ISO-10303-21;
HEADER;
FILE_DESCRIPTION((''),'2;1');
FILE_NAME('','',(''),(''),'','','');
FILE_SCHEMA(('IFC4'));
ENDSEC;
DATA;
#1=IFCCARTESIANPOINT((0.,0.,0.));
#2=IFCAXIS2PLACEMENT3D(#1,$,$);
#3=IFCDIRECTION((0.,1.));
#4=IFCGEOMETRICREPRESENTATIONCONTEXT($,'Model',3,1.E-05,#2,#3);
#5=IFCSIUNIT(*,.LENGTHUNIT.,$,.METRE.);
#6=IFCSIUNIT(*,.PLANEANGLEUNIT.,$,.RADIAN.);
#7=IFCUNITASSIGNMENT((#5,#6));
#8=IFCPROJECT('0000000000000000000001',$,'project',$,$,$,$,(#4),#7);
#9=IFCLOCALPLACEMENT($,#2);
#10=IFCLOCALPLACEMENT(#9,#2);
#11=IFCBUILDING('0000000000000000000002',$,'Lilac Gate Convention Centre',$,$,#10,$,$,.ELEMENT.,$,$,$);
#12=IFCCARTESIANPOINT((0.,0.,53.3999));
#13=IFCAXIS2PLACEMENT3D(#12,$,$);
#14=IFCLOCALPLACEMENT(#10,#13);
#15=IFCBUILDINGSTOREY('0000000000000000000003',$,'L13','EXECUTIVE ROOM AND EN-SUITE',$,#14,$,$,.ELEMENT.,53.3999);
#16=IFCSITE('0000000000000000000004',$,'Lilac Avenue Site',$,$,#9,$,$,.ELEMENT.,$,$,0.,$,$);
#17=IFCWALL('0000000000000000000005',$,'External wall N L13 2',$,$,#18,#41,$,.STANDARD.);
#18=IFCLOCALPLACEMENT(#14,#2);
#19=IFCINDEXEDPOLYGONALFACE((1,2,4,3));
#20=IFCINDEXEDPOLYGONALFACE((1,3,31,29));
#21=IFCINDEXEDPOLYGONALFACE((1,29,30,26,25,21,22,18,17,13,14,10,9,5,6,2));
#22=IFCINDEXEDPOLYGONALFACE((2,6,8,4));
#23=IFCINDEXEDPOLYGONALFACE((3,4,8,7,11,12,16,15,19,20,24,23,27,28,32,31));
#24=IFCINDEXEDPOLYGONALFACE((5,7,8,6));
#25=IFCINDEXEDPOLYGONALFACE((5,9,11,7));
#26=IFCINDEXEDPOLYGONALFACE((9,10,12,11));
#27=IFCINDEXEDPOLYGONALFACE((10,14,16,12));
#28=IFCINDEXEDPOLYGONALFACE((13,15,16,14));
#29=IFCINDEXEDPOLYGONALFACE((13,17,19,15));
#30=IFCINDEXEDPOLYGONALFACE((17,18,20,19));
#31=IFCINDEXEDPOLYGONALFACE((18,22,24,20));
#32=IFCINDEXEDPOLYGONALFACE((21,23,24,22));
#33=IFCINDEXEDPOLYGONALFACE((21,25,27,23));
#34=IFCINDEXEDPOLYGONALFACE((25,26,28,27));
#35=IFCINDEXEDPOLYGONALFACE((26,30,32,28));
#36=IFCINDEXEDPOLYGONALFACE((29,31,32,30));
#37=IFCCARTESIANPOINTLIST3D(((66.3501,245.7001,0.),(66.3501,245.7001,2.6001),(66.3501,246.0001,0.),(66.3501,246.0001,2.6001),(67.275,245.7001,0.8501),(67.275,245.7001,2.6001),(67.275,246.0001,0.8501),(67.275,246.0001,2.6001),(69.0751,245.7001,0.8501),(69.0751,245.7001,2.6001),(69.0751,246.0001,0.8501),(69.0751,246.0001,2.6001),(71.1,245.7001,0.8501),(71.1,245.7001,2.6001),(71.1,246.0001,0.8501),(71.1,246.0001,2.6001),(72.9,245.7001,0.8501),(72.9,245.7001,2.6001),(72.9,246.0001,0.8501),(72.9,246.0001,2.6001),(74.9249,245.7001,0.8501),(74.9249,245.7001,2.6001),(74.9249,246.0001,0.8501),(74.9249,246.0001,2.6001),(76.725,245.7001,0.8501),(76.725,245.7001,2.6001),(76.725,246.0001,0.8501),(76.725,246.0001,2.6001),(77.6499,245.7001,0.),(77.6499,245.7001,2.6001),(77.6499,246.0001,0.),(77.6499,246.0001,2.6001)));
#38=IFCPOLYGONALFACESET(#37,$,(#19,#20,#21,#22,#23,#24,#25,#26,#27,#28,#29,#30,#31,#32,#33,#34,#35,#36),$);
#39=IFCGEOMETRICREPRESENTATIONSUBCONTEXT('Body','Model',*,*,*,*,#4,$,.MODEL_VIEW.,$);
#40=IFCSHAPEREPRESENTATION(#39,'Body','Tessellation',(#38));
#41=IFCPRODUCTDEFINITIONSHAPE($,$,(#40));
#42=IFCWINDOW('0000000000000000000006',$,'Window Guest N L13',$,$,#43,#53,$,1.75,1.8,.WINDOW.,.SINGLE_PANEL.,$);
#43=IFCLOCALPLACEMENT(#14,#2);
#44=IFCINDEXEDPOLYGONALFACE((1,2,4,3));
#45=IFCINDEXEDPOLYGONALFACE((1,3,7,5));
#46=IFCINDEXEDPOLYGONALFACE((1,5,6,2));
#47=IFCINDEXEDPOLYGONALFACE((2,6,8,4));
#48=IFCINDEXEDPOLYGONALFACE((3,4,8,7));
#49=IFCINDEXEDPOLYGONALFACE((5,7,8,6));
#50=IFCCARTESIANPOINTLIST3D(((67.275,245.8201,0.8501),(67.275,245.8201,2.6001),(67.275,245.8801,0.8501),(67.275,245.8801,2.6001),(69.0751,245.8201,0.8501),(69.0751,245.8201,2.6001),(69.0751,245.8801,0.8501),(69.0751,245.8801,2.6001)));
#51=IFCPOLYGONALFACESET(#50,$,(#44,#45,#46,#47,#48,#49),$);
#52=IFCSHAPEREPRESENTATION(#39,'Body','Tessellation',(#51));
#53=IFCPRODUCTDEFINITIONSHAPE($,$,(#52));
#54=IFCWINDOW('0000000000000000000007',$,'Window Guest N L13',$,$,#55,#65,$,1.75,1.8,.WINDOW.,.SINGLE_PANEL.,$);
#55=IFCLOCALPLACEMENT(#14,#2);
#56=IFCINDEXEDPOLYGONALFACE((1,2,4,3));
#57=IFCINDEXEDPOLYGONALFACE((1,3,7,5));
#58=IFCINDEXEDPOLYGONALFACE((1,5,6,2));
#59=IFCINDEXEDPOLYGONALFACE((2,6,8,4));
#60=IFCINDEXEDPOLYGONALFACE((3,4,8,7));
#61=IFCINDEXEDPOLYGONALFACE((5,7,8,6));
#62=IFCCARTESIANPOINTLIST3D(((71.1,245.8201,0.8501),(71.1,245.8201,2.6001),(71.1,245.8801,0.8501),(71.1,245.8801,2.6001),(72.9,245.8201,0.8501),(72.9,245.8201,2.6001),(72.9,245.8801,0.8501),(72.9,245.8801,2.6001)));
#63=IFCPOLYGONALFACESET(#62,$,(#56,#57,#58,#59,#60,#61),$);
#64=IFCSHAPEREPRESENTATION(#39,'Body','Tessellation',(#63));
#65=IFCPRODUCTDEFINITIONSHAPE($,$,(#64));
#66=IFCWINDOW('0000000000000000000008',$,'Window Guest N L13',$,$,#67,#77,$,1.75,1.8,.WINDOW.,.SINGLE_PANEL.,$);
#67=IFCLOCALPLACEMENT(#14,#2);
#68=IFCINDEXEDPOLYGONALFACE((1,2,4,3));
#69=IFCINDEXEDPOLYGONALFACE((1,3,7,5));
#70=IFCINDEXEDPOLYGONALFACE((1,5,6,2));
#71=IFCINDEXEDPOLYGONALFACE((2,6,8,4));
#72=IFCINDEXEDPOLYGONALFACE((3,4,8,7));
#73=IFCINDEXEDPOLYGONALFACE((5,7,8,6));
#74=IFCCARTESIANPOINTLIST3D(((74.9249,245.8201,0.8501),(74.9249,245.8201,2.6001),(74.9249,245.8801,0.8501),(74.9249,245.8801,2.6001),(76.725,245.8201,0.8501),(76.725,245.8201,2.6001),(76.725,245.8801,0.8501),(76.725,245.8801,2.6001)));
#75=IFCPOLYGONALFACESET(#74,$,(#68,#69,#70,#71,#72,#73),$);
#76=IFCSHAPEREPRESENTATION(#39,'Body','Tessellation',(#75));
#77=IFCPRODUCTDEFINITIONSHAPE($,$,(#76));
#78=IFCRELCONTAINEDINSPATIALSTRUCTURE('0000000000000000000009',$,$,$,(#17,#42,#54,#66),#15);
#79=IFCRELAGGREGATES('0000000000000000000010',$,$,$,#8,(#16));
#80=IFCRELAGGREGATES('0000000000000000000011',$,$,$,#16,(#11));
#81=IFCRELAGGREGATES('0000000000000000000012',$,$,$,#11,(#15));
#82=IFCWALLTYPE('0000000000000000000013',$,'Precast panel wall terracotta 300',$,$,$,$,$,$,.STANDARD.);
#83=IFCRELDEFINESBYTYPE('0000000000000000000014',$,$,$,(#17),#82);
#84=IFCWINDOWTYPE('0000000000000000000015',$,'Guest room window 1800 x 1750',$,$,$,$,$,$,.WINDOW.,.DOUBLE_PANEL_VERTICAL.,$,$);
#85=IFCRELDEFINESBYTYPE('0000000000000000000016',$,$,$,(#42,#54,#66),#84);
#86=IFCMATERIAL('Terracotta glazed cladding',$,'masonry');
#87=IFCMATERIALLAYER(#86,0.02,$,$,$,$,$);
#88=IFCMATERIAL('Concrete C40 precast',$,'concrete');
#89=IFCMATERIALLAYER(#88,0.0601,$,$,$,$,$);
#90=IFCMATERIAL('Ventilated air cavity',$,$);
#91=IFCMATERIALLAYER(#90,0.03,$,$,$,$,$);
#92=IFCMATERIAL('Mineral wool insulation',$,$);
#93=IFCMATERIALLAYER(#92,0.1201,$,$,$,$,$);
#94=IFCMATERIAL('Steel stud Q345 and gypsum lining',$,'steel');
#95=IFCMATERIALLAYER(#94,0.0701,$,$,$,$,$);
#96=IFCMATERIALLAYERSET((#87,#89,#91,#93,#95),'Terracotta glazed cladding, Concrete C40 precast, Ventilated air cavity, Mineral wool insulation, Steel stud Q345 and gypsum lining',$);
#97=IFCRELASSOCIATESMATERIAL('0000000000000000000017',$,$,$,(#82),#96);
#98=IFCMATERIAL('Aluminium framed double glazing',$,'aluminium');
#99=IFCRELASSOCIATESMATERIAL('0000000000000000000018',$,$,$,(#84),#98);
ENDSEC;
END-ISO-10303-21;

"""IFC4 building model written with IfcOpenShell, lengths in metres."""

from ifc_helpers import new_model, si_unit, direction, frame, frame_2d, origin, place, context, subcontext, project, spatial, rectangle, extrude, material, layer, layer_set, type_object, element, fill, save


model = new_model("IFC4")

# Units and contexts
model_context = context("Model", 3, precision=1e-05, world=origin(), true_north=direction((0.0, 1.0)))
body_context = subcontext(model_context, "Body", "Model", "MODEL_VIEW")
ifc_project = project(units=[si_unit("LENGTHUNIT", "METRE"), si_unit("PLANEANGLEUNIT", "RADIAN")], contexts=[model_context])

# Site, building, storey
site_placement = place(None, origin())
site = spatial("IfcSite", under=ifc_project, at=site_placement, Name="Lilac Avenue Site", CompositionType="ELEMENT", RefElevation=0.0)
building_placement = place(site_placement, origin())
building = spatial("IfcBuilding", under=site, at=building_placement, Name="Lilac Gate Convention Centre", CompositionType="ELEMENT")
storey_placement = place(building_placement, frame((0.0, 0.0, 53.3999)))
storey = spatial("IfcBuildingStorey", under=building, at=storey_placement, Name="L13", Description="EXECUTIVE ROOM AND EN-SUITE", CompositionType="ELEMENT", Elevation=53.3999)

# Shared definitions
ifc_material_1 = material(Name="Aluminium framed double glazing", Category="aluminium")

# Shared definitions
ifc_material_2 = material(Name="Concrete C40 precast", Category="concrete")

# Wall, openings, windows
ifc_material_3 = material(Name="Terracotta glazed cladding", Category="masonry")
ifc_layer_1 = layer(ifc_material_3, 0.02)
ifc_layer_2 = layer(ifc_material_2, 0.0601)
ifc_material_4 = material(Name="Ventilated air cavity")
ifc_layer_3 = layer(ifc_material_4, 0.03)
ifc_material_5 = material(Name="Mineral wool insulation")
ifc_layer_4 = layer(ifc_material_5, 0.1201)
ifc_material_6 = material(Name="Steel stud Q345 and gypsum lining", Category="steel")
ifc_layer_5 = layer(ifc_material_6, 0.0701)
ifc_layer_set_1 = layer_set([ifc_layer_1, ifc_layer_2, ifc_layer_3, ifc_layer_4, ifc_layer_5], Name="Terracotta glazed cladding, Concrete C40 precast, Ventilated air cavity, Mineral wool insulation, Steel stud Q345 and gypsum lining")
wall_type_1 = type_object("IfcWallType", Name="Precast panel wall terracotta 300", PredefinedType="STANDARD", material=ifc_layer_set_1)
window_type = type_object("IfcWindowType", Name="Guest room window 1800 x 1750", PartitioningType="DOUBLE_PANEL_VERTICAL", PredefinedType="WINDOW", material=ifc_material_1)
wall_1_placement = place(storey_placement, frame((77.6499, 245.8501, 0.0), z_axis=(0.0, 0.0, 1.0), x_axis=(-1.0, 0.0, 0.0)))
wall_1 = element("IfcWall", 1, at=wall_1_placement, inside=storey, type_object=wall_type_1, Name="External wall N L13 2", PredefinedType="STANDARD", context=body_context, shape_type="SweptSolid", body=[
    extrude(rectangle(XDim=11.2998, YDim=0.3, at=frame_2d((5.6499, 0.0))), origin(), (0.0, 0.0, 1.0), 2.6001),
])
opening_1_placement = place(wall_1_placement, frame((8.575, 0.0, 0.8501)))
opening_1 = element("IfcOpeningElement", 2, at=opening_1_placement, cuts=wall_1, PredefinedType="OPENING", context=body_context, shape_type="SweptSolid", body=[
    extrude(rectangle(XDim=1.8, YDim=1.75, at=frame_2d((0.8999, 0.875))), frame((0.0, 0.1599, 0.0), z_axis=(0.0, -1.0, 0.0), x_axis=(1.0, 0.0, 0.0)), (0.0, 0.0, 1.0), 0.3201),
])
opening_2_placement = place(wall_1_placement, frame((4.75, 0.0, 0.8501)))
opening_2 = element("IfcOpeningElement", 3, at=opening_2_placement, cuts=wall_1, PredefinedType="OPENING", context=body_context, shape_type="SweptSolid", body=[
    extrude(rectangle(XDim=1.8, YDim=1.75, at=frame_2d((0.8999, 0.875))), frame((0.0, 0.1599, 0.0), z_axis=(0.0, -1.0, 0.0), x_axis=(1.0, 0.0, 0.0)), (0.0, 0.0, 1.0), 0.3201),
])
opening_3_placement = place(wall_1_placement, frame((0.925, 0.0, 0.8501)))
opening_3 = element("IfcOpeningElement", 4, at=opening_3_placement, cuts=wall_1, PredefinedType="OPENING", context=body_context, shape_type="SweptSolid", body=[
    extrude(rectangle(XDim=1.8, YDim=1.75, at=frame_2d((0.8999, 0.875))), frame((0.0, 0.1599, 0.0), z_axis=(0.0, -1.0, 0.0), x_axis=(1.0, 0.0, 0.0)), (0.0, 0.0, 1.0), 0.3201),
])
window_1_placement = place(opening_1_placement, origin())
window_1 = element("IfcWindow", 5, at=window_1_placement, inside=storey, type_object=window_type, Name="Window Guest N L13", OverallHeight=1.75, OverallWidth=1.8, PartitioningType="SINGLE_PANEL", PredefinedType="WINDOW", context=body_context, shape_type="SweptSolid", body=[
    extrude(rectangle(XDim=1.8, YDim=1.75, at=frame_2d((0.8999, 0.875))), frame((0.0, 0.03, 0.0), z_axis=(0.0, -1.0, 0.0), x_axis=(1.0, 0.0, 0.0)), (0.0, 0.0, 1.0), 0.0601),
])
fill(opening_1, window_1)
window_2_placement = place(opening_2_placement, origin())
window_2 = element("IfcWindow", 6, at=window_2_placement, inside=storey, type_object=window_type, Name="Window Guest N L13", OverallHeight=1.75, OverallWidth=1.8, PartitioningType="SINGLE_PANEL", PredefinedType="WINDOW", context=body_context, shape_type="SweptSolid", body=[
    extrude(rectangle(XDim=1.8, YDim=1.75, at=frame_2d((0.8999, 0.875))), frame((0.0, 0.03, 0.0), z_axis=(0.0, -1.0, 0.0), x_axis=(1.0, 0.0, 0.0)), (0.0, 0.0, 1.0), 0.0601),
])
fill(opening_2, window_2)
window_3_placement = place(opening_3_placement, origin())
window_3 = element("IfcWindow", 7, at=window_3_placement, inside=storey, type_object=window_type, Name="Window Guest N L13", OverallHeight=1.75, OverallWidth=1.8, PartitioningType="SINGLE_PANEL", PredefinedType="WINDOW", context=body_context, shape_type="SweptSolid", body=[
    extrude(rectangle(XDim=1.8, YDim=1.75, at=frame_2d((0.8999, 0.875))), frame((0.0, 0.03, 0.0), z_axis=(0.0, -1.0, 0.0), x_axis=(1.0, 0.0, 0.0)), (0.0, 0.0, 1.0), 0.0601),
])
fill(opening_3, window_3)

save(model, "model.ifc")
